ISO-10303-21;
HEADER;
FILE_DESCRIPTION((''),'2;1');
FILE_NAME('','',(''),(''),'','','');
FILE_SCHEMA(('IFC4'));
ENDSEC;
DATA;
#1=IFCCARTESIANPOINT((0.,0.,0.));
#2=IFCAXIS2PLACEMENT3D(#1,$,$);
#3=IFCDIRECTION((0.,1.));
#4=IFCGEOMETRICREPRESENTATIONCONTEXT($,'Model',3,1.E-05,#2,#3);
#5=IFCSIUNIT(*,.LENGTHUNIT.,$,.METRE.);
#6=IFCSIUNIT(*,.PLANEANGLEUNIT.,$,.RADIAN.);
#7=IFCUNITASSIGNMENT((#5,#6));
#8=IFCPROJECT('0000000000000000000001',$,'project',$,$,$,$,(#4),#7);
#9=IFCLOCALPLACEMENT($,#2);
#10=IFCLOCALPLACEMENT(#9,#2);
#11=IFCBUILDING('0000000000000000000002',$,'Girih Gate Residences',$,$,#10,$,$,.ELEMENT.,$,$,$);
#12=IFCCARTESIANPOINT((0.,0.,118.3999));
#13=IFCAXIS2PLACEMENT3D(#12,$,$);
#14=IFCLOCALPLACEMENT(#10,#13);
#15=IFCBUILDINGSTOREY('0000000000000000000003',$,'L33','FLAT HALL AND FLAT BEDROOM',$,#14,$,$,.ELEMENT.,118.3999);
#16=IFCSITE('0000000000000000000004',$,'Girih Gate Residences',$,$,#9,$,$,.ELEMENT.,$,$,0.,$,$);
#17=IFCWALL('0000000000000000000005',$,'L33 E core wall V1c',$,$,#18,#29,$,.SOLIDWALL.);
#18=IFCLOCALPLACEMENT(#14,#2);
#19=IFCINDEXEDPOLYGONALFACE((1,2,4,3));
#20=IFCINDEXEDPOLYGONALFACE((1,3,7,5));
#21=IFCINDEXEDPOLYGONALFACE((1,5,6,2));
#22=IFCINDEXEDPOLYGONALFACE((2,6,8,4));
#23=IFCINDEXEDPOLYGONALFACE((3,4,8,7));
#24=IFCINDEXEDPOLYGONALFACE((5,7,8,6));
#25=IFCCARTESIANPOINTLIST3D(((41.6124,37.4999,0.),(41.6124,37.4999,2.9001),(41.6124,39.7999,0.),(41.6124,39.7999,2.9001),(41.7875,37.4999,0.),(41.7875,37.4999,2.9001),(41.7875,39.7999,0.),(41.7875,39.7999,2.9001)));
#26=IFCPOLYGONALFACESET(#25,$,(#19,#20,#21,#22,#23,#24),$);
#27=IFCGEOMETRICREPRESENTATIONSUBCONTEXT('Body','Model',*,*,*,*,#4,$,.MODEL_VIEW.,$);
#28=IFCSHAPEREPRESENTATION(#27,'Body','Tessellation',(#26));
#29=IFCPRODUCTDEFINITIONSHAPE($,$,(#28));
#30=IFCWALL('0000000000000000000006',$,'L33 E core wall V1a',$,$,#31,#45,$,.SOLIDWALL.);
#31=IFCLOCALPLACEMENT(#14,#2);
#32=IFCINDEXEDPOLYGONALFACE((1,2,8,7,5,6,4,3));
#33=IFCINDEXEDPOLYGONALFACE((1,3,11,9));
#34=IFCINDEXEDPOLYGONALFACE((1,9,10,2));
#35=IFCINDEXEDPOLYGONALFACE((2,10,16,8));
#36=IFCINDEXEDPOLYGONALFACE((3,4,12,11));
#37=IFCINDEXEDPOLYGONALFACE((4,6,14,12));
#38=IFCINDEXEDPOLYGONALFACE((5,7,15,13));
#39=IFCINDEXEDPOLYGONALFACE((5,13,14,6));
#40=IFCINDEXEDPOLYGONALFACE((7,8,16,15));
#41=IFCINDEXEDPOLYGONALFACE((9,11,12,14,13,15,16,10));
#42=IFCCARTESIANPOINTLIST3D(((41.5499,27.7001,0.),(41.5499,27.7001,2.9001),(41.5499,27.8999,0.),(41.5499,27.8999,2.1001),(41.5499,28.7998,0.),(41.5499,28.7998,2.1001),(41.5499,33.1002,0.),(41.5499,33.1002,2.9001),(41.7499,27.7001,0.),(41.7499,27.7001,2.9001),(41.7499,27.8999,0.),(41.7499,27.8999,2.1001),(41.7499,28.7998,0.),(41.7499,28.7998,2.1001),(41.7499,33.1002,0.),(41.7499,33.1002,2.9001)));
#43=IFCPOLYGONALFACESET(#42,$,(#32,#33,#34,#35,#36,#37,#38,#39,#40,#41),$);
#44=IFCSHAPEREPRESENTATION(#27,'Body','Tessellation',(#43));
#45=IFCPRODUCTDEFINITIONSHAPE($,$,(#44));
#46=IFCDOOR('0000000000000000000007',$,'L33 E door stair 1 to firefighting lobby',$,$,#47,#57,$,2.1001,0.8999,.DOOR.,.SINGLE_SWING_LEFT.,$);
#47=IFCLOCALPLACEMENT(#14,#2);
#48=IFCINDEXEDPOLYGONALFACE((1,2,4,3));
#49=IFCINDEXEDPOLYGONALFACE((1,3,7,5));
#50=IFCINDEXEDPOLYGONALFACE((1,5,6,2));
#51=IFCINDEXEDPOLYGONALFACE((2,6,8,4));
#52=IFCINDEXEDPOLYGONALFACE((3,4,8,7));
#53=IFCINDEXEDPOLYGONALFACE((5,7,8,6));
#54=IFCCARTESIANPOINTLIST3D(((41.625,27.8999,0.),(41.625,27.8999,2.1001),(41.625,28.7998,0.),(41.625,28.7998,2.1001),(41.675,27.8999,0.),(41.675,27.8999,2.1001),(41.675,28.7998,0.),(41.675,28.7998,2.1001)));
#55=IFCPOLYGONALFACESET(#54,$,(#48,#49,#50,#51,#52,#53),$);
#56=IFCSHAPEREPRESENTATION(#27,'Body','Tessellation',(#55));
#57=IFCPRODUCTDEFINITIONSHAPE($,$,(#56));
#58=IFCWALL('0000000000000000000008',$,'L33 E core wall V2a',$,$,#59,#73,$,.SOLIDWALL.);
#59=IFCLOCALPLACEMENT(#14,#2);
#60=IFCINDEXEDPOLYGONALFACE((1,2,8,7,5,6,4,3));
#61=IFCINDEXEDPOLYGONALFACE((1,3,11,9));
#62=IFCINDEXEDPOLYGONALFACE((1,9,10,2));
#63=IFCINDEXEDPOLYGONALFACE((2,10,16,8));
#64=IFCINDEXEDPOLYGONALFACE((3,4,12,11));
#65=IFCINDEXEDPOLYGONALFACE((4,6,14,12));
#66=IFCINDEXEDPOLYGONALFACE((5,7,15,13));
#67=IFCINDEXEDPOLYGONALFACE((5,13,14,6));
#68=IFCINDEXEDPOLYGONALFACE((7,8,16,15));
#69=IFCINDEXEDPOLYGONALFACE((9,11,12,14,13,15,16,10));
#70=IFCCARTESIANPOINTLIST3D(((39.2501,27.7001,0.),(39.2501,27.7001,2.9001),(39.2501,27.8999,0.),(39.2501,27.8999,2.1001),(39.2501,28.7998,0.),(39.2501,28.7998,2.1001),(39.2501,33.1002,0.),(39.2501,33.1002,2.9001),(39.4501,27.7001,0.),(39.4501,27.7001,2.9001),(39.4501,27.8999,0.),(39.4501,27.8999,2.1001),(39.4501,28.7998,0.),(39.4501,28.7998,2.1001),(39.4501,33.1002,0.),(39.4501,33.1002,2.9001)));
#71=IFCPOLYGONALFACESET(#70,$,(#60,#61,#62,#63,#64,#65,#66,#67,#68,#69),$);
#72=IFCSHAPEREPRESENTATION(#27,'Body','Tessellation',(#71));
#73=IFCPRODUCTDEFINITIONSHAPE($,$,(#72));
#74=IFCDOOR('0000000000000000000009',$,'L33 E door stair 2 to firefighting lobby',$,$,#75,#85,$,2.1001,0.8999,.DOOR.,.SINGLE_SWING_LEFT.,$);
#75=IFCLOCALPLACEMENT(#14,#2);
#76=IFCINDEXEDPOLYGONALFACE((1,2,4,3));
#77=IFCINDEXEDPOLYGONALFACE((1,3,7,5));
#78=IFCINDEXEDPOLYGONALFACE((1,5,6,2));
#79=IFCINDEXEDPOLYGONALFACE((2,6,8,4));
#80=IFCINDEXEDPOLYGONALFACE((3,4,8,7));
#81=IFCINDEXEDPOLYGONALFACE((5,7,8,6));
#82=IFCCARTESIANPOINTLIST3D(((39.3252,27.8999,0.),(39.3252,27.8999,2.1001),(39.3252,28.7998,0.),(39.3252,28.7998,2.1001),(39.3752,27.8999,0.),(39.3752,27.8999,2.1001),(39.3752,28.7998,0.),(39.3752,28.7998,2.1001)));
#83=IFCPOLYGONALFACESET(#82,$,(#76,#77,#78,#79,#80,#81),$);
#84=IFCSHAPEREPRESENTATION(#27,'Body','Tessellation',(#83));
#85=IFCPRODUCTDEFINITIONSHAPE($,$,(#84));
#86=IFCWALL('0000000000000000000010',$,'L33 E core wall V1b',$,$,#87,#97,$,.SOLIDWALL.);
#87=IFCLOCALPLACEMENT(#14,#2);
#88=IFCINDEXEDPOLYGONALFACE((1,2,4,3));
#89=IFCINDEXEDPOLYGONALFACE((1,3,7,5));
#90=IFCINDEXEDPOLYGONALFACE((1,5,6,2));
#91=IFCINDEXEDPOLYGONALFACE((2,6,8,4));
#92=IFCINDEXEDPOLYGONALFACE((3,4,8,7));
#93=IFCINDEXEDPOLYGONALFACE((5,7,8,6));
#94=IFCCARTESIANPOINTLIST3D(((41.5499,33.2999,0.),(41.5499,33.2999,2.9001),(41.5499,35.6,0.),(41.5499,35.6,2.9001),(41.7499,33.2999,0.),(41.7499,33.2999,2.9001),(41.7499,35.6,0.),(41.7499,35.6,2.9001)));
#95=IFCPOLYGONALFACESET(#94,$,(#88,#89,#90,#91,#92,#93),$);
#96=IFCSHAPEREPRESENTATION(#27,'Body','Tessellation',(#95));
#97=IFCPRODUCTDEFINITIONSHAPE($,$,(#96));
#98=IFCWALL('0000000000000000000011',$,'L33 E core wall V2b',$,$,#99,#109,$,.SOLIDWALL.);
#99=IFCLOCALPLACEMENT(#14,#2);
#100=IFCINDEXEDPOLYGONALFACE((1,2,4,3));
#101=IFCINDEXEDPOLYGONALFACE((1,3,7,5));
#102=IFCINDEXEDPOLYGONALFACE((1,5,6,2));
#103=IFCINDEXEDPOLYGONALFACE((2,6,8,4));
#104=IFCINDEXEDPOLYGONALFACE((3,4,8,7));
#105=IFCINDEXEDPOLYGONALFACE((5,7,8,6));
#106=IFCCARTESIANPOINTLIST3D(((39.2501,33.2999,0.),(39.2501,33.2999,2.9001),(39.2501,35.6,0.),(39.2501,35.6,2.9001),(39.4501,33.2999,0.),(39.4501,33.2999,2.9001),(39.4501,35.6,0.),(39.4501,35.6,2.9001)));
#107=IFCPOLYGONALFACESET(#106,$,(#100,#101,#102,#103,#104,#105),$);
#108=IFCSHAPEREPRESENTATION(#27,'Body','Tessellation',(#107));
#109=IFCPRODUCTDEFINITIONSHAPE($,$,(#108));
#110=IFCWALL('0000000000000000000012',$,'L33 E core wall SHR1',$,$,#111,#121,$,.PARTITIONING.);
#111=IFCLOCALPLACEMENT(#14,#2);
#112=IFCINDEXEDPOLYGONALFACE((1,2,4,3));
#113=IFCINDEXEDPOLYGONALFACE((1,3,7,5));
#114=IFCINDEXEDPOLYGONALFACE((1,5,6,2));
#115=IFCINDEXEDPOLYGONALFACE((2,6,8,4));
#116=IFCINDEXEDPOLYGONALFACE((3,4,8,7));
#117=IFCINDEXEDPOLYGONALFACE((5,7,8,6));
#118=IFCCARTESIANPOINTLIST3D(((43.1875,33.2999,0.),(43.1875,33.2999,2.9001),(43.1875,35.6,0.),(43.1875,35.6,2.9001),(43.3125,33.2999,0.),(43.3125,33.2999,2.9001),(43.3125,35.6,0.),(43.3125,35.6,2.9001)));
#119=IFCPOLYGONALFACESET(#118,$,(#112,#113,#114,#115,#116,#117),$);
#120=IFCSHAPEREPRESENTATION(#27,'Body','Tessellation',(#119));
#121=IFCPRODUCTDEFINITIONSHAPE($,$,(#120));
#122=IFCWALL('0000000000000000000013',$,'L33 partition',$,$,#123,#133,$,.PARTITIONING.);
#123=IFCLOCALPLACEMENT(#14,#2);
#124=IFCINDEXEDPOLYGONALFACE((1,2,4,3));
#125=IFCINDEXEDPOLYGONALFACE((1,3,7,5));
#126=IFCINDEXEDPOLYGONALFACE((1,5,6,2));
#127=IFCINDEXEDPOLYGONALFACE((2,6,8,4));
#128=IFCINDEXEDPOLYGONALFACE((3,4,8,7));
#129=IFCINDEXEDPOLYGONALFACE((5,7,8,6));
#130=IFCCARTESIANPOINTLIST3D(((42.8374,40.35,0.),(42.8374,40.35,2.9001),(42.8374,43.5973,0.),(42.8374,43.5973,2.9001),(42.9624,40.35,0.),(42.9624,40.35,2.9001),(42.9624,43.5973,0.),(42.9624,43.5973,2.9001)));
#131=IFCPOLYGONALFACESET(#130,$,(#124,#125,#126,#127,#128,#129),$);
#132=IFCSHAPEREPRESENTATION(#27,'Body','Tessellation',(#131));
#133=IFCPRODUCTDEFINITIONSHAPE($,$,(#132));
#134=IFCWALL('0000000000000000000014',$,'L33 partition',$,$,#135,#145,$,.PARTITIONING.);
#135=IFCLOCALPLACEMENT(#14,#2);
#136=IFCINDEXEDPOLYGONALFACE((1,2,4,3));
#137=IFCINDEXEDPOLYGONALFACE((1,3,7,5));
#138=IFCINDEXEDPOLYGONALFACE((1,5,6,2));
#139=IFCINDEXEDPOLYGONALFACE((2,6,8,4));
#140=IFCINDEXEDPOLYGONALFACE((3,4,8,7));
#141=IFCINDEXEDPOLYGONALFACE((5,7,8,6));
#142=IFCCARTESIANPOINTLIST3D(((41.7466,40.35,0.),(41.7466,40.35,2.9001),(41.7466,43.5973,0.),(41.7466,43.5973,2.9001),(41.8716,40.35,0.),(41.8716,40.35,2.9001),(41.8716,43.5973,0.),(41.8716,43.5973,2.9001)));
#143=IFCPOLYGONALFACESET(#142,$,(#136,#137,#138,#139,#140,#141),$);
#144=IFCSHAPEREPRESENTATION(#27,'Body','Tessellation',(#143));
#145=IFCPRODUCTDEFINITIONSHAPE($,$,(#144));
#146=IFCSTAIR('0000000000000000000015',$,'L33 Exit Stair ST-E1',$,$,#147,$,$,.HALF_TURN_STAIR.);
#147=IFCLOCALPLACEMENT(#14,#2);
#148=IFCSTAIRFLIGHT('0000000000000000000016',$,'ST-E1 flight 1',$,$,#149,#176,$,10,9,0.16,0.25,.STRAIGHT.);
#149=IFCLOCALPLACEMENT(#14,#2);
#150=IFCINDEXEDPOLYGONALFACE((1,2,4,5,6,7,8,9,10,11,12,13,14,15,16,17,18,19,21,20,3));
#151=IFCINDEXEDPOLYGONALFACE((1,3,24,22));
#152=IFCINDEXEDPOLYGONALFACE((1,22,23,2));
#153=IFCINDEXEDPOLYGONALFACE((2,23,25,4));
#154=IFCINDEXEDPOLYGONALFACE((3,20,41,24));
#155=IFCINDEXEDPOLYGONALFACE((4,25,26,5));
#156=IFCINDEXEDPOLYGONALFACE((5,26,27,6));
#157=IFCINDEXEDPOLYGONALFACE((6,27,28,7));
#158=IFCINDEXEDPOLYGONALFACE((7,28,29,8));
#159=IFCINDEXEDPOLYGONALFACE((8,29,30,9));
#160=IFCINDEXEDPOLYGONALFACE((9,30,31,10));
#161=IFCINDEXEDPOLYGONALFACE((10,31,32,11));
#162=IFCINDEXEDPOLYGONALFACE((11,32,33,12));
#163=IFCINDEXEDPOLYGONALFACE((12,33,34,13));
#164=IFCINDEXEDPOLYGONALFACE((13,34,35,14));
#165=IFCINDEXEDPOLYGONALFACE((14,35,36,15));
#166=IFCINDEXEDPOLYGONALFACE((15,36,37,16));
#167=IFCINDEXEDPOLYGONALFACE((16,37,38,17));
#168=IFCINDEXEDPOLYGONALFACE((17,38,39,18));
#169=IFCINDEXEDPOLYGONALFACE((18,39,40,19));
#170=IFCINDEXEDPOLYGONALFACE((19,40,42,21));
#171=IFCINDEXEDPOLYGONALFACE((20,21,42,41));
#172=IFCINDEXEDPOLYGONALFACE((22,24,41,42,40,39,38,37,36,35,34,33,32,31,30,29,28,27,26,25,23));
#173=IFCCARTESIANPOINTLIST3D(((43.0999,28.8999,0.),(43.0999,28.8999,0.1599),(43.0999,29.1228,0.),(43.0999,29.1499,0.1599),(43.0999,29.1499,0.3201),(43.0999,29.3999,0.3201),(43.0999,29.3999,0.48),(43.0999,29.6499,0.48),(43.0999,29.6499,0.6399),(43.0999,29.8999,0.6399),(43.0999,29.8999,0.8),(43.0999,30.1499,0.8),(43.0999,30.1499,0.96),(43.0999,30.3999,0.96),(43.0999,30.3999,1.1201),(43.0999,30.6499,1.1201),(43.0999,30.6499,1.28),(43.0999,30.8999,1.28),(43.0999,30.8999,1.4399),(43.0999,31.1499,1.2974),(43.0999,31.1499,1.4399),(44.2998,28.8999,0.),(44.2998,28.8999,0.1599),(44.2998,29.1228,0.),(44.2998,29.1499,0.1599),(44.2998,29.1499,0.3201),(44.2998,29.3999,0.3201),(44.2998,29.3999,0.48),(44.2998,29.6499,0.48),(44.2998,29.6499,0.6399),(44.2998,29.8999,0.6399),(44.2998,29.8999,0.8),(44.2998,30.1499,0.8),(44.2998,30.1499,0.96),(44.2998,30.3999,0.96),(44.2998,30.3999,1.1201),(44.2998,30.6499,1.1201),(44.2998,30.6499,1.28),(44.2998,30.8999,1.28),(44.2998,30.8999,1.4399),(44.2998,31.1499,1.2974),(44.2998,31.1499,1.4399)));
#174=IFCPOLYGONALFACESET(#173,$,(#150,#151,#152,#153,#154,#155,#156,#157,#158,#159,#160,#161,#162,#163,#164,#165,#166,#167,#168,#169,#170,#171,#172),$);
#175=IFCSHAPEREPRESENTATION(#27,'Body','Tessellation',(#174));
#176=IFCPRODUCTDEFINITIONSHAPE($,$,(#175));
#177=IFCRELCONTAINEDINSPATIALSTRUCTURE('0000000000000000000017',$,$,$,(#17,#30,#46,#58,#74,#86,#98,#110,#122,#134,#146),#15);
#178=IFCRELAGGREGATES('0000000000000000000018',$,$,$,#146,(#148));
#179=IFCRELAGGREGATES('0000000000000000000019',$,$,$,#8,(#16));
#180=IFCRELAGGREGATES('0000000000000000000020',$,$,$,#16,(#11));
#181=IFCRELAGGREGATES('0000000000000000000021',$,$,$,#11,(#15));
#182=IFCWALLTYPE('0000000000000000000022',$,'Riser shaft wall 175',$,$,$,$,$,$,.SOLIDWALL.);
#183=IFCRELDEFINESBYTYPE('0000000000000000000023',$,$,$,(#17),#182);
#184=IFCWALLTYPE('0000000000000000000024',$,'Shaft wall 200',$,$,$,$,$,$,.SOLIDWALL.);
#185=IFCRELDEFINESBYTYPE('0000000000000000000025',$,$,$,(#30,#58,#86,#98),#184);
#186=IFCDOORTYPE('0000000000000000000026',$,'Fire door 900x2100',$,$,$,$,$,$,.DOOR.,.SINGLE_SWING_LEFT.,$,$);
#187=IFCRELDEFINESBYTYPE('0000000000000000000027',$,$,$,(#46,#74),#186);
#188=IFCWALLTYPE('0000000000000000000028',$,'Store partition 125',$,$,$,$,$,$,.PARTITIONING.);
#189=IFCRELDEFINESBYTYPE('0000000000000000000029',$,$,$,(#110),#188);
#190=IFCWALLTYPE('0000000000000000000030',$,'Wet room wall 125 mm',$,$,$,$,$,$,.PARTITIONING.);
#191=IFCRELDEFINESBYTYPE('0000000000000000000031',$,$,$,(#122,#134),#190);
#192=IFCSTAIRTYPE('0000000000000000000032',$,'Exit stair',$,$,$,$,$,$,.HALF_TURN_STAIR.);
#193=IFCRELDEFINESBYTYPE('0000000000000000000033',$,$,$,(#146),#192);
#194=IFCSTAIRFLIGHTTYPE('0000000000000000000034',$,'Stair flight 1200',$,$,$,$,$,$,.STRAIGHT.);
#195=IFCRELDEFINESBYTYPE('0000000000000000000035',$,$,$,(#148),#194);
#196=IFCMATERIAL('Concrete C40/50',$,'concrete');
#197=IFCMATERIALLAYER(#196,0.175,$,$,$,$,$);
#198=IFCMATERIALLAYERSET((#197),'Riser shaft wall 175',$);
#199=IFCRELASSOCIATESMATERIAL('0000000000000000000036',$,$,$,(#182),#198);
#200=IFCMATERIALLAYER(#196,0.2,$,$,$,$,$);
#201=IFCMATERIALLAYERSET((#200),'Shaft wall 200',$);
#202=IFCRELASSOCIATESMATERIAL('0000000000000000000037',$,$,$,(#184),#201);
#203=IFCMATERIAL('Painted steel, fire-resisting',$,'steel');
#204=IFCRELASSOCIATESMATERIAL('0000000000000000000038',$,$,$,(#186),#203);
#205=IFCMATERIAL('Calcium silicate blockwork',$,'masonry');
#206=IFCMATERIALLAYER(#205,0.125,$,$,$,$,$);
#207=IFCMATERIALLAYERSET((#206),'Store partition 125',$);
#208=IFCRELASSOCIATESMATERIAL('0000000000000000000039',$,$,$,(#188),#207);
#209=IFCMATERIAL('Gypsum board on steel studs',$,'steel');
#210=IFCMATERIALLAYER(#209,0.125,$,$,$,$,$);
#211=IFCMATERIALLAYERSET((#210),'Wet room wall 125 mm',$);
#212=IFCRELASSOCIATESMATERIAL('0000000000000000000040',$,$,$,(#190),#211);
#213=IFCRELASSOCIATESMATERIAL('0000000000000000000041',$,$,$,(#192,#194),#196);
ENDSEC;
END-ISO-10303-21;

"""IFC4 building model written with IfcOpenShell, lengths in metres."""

from ifc_helpers import new_model, si_unit, direction, frame, frame_2d, origin, place, context, subcontext, project, spatial, polyline, rectangle, outline, extrude, material, layer, layer_set, type_object, element, fill, aggregate, save


model = new_model("IFC4")

# Units and contexts
model_context = context("Model", 3, precision=1e-05, world=origin(), true_north=direction((0.0, 1.0)))
body_context = subcontext(model_context, "Body", "Model", "MODEL_VIEW")
ifc_project = project(units=[si_unit("LENGTHUNIT", "METRE"), si_unit("PLANEANGLEUNIT", "RADIAN")], contexts=[model_context])

# Site, building, storey
site_placement = place(None, origin())
site = spatial("IfcSite", under=ifc_project, at=site_placement, Name="Girih Gate Residences", CompositionType="ELEMENT", RefElevation=0.0)
building_placement = place(site_placement, origin())
building = spatial("IfcBuilding", under=site, at=building_placement, Name="Girih Gate Residences", CompositionType="ELEMENT")
storey_placement = place(building_placement, frame((0.0, 0.0, 118.3999)))
storey = spatial("IfcBuildingStorey", under=building, at=storey_placement, Name="L33", Description="FLAT HALL AND FLAT BEDROOM", CompositionType="ELEMENT", Elevation=118.3999)

# Shared definitions
ifc_material_1 = material(Name="Gypsum board on steel studs", Category="steel")

# Wall
ifc_material_2 = material(Name="Concrete C40/50", Category="concrete")
ifc_layer_1 = layer(ifc_material_2, 0.175)
ifc_layer_set_1 = layer_set([ifc_layer_1], Name="Riser shaft wall 175")
wall_type_1 = type_object("IfcWallType", Name="Riser shaft wall 175", PredefinedType="SOLIDWALL", material=ifc_layer_set_1)
wall_1_placement = place(storey_placement, frame((41.7, 37.5, 0.0), z_axis=(0.0, 0.0, 1.0), x_axis=(0.0, 1.0, 0.0)))
element("IfcWall", 1, at=wall_1_placement, inside=storey, type_object=wall_type_1, Name="L33 E core wall V1c", PredefinedType="SOLIDWALL", context=body_context, shape_type="SweptSolid", body=[
    extrude(rectangle(XDim=2.3, YDim=0.175, at=frame_2d((1.1499, 0.0))), origin(), (0.0, 0.0, 1.0), 2.9001),
])

# Walls, openings, doors
ifc_layer_2 = layer(ifc_material_2, 0.2)
ifc_layer_set_2 = layer_set([ifc_layer_2], Name="Shaft wall 200")
wall_type_2 = type_object("IfcWallType", Name="Shaft wall 200", PredefinedType="SOLIDWALL", material=ifc_layer_set_2)
wall_2_placement = place(storey_placement, frame((41.6499, 27.7, 0.0), z_axis=(0.0, 0.0, 1.0), x_axis=(0.0, 1.0, 0.0)))
wall_2 = element("IfcWall", 2, at=wall_2_placement, inside=storey, type_object=wall_type_2, Name="L33 E core wall V1a", PredefinedType="SOLIDWALL", context=body_context, shape_type="SweptSolid", body=[
    extrude(rectangle(XDim=5.4001, YDim=0.2, at=frame_2d((2.7002, 0.0))), origin(), (0.0, 0.0, 1.0), 2.9001),
])
opening_1_placement = place(wall_2_placement, frame((0.2, 0.0, 0.0)))
opening_1 = element("IfcOpeningElement", 3, at=opening_1_placement, cuts=wall_2, PredefinedType="OPENING", context=body_context, shape_type="SweptSolid", body=[
    extrude(rectangle(XDim=0.8999, YDim=2.1001, at=frame_2d((0.45, 1.05))), frame((0.0, 0.1099, 0.0), z_axis=(0.0, -1.0, 0.0), x_axis=(1.0, 0.0, 0.0)), (0.0, 0.0, 1.0), 0.22),
])
ifc_material_3 = material(Name="Painted steel, fire-resisting", Category="steel")
door_type = type_object("IfcDoorType", Name="Fire door 900x2100", OperationType="SINGLE_SWING_LEFT", PredefinedType="DOOR", material=ifc_material_3)
door_1_placement = place(opening_1_placement, origin())
door_1 = element("IfcDoor", 4, at=door_1_placement, inside=storey, type_object=door_type, Name="L33 E door stair 1 to firefighting lobby", OperationType="SINGLE_SWING_LEFT", OverallHeight=2.1001, OverallWidth=0.8999, PredefinedType="DOOR", context=body_context, shape_type="SweptSolid", body=[
    extrude(rectangle(XDim=0.8999, YDim=2.1001, at=frame_2d((0.45, 1.05))), frame((0.0, 0.0249, 0.0), z_axis=(0.0, -1.0, 0.0), x_axis=(1.0, 0.0, 0.0)), (0.0, 0.0, 1.0), 0.05),
])
fill(opening_1, door_1)
wall_3_placement = place(storey_placement, frame((39.3501, 27.7, 0.0), z_axis=(0.0, 0.0, 1.0), x_axis=(0.0, 1.0, 0.0)))
wall_3 = element("IfcWall", 5, at=wall_3_placement, inside=storey, type_object=wall_type_2, Name="L33 E core wall V2a", PredefinedType="SOLIDWALL", context=body_context, shape_type="SweptSolid", body=[
    extrude(rectangle(XDim=5.4001, YDim=0.2, at=frame_2d((2.7002, 0.0))), origin(), (0.0, 0.0, 1.0), 2.9001),
])
opening_2_placement = place(wall_3_placement, frame((0.2, 0.0, 0.0)))
opening_2 = element("IfcOpeningElement", 6, at=opening_2_placement, cuts=wall_3, PredefinedType="OPENING", context=body_context, shape_type="SweptSolid", body=[
    extrude(rectangle(XDim=0.8999, YDim=2.1001, at=frame_2d((0.45, 1.05))), frame((0.0, 0.1099, 0.0), z_axis=(0.0, -1.0, 0.0), x_axis=(1.0, 0.0, 0.0)), (0.0, 0.0, 1.0), 0.22),
])
door_2_placement = place(opening_2_placement, origin())
door_2 = element("IfcDoor", 7, at=door_2_placement, inside=storey, type_object=door_type, Name="L33 E door stair 2 to firefighting lobby", OperationType="SINGLE_SWING_LEFT", OverallHeight=2.1001, OverallWidth=0.8999, PredefinedType="DOOR", context=body_context, shape_type="SweptSolid", body=[
    extrude(rectangle(XDim=0.8999, YDim=2.1001, at=frame_2d((0.45, 1.05))), frame((0.0, 0.0249, 0.0), z_axis=(0.0, -1.0, 0.0), x_axis=(1.0, 0.0, 0.0)), (0.0, 0.0, 1.0), 0.05),
])
fill(opening_2, door_2)

# Walls
for number, where, z_axis, x_axis, name in (
    (8, (41.6499, 33.3, 0.0), (0.0, 0.0, 1.0), (0.0, 1.0, 0.0), "L33 E core wall V1b"),
    (9, (39.3501, 33.3, 0.0), (0.0, 0.0, 1.0), (0.0, 1.0, 0.0), "L33 E core wall V2b"),
):
    element("IfcWall", number, at=place(storey_placement, frame(where, z_axis=z_axis, x_axis=x_axis)), inside=storey, type_object=wall_type_2, Name=name, PredefinedType="SOLIDWALL", context=body_context, shape_type="SweptSolid", body=[
        extrude(rectangle(XDim=2.3, YDim=0.2, at=frame_2d((1.1499, 0.0))), origin(), (0.0, 0.0, 1.0), 2.9001),
    ])
ifc_material_4 = material(Name="Calcium silicate blockwork", Category="masonry")
ifc_layer_3 = layer(ifc_material_4, 0.125)
ifc_layer_set_3 = layer_set([ifc_layer_3], Name="Store partition 125")
wall_type_3 = type_object("IfcWallType", Name="Store partition 125", PredefinedType="PARTITIONING", material=ifc_layer_set_3)
wall_4_placement = place(storey_placement, frame((43.25, 33.3, 0.0), z_axis=(0.0, 0.0, 1.0), x_axis=(0.0, 1.0, 0.0)))
element("IfcWall", 10, at=wall_4_placement, inside=storey, type_object=wall_type_3, Name="L33 E core wall SHR1", PredefinedType="PARTITIONING", context=body_context, shape_type="SweptSolid", body=[
    extrude(rectangle(XDim=2.3, YDim=0.125, at=frame_2d((1.1499, 0.0))), origin(), (0.0, 0.0, 1.0), 2.9001),
])
ifc_layer_4 = layer(ifc_material_1, 0.125)
ifc_layer_set_4 = layer_set([ifc_layer_4], Name="Wet room wall 125 mm")
wall_type_4 = type_object("IfcWallType", Name="Wet room wall 125 mm", PredefinedType="PARTITIONING", material=ifc_layer_set_4)
for number, where, z_axis, x_axis, name in (
    (11, (42.8999, 40.3501, 0.0), (0.0, 0.0, 1.0), (0.0, 1.0, 0.0), "L33 partition"),
    (12, (41.8091, 40.3501, 0.0), (0.0, 0.0, 1.0), (0.0, 1.0, 0.0), "L33 partition"),
):
    element("IfcWall", number, at=place(storey_placement, frame(where, z_axis=z_axis, x_axis=x_axis)), inside=storey, type_object=wall_type_4, Name=name, PredefinedType="PARTITIONING", context=body_context, shape_type="SweptSolid", body=[
        extrude(rectangle(XDim=3.2473, YDim=0.125, at=frame_2d((1.6235, 0.0))), origin(), (0.0, 0.0, 1.0), 2.9001),
    ])

# Stair, stair flight
stair_type = type_object("IfcStairType", Name="Exit stair", PredefinedType="HALF_TURN_STAIR", material=ifc_material_2)
stair_placement = place(storey_placement, origin())
stair = element("IfcStair", 13, at=stair_placement, inside=storey, type_object=stair_type, Name="L33 Exit Stair ST-E1", PredefinedType="HALF_TURN_STAIR")
stair_flight_type = type_object("IfcStairFlightType", Name="Stair flight 1200", PredefinedType="STRAIGHT", material=ifc_material_2)
stair_flight_1_placement = place(storey_placement, frame((43.7, 28.8999, 0.0), z_axis=(0.0, 0.0, 1.0), x_axis=(0.0, 1.0, 0.0)))
stair_flight_1 = element("IfcStairFlight", 14, at=stair_flight_1_placement, type_object=stair_flight_type, Name="ST-E1 flight 1", NumberOfRisers=10, NumberOfTreads=9, PredefinedType="STRAIGHT", RiserHeight=0.16, TreadLength=0.25, context=body_context, shape_type="SweptSolid", body=[
    extrude(outline(polyline([(0.0, 0.0), (0.0, 0.1599), (0.25, 0.1599), (0.25, 0.3201), (0.5, 0.3201), (0.5, 0.48), (0.75, 0.48), (0.75, 0.6399), (1.0, 0.6399), (1.0, 0.8), (1.25, 0.8), (1.25, 0.96), (1.5, 0.96), (1.5, 1.1201), (1.75, 1.1201), (1.75, 1.28), (2.0, 1.28), (2.0, 1.4399), (2.25, 1.4399), (2.25, 1.6001), (2.25, 1.2974), (0.2229, 0.0), (0.0, 0.0)])), frame((0.0, 0.6001, 0.0), z_axis=(0.0, -1.0, 0.0), x_axis=(1.0, 0.0, 0.0)), (0.0, 0.0, 1.0), 1.2),
])
aggregate(stair, [stair_flight_1])

save(model, "model.ifc")
